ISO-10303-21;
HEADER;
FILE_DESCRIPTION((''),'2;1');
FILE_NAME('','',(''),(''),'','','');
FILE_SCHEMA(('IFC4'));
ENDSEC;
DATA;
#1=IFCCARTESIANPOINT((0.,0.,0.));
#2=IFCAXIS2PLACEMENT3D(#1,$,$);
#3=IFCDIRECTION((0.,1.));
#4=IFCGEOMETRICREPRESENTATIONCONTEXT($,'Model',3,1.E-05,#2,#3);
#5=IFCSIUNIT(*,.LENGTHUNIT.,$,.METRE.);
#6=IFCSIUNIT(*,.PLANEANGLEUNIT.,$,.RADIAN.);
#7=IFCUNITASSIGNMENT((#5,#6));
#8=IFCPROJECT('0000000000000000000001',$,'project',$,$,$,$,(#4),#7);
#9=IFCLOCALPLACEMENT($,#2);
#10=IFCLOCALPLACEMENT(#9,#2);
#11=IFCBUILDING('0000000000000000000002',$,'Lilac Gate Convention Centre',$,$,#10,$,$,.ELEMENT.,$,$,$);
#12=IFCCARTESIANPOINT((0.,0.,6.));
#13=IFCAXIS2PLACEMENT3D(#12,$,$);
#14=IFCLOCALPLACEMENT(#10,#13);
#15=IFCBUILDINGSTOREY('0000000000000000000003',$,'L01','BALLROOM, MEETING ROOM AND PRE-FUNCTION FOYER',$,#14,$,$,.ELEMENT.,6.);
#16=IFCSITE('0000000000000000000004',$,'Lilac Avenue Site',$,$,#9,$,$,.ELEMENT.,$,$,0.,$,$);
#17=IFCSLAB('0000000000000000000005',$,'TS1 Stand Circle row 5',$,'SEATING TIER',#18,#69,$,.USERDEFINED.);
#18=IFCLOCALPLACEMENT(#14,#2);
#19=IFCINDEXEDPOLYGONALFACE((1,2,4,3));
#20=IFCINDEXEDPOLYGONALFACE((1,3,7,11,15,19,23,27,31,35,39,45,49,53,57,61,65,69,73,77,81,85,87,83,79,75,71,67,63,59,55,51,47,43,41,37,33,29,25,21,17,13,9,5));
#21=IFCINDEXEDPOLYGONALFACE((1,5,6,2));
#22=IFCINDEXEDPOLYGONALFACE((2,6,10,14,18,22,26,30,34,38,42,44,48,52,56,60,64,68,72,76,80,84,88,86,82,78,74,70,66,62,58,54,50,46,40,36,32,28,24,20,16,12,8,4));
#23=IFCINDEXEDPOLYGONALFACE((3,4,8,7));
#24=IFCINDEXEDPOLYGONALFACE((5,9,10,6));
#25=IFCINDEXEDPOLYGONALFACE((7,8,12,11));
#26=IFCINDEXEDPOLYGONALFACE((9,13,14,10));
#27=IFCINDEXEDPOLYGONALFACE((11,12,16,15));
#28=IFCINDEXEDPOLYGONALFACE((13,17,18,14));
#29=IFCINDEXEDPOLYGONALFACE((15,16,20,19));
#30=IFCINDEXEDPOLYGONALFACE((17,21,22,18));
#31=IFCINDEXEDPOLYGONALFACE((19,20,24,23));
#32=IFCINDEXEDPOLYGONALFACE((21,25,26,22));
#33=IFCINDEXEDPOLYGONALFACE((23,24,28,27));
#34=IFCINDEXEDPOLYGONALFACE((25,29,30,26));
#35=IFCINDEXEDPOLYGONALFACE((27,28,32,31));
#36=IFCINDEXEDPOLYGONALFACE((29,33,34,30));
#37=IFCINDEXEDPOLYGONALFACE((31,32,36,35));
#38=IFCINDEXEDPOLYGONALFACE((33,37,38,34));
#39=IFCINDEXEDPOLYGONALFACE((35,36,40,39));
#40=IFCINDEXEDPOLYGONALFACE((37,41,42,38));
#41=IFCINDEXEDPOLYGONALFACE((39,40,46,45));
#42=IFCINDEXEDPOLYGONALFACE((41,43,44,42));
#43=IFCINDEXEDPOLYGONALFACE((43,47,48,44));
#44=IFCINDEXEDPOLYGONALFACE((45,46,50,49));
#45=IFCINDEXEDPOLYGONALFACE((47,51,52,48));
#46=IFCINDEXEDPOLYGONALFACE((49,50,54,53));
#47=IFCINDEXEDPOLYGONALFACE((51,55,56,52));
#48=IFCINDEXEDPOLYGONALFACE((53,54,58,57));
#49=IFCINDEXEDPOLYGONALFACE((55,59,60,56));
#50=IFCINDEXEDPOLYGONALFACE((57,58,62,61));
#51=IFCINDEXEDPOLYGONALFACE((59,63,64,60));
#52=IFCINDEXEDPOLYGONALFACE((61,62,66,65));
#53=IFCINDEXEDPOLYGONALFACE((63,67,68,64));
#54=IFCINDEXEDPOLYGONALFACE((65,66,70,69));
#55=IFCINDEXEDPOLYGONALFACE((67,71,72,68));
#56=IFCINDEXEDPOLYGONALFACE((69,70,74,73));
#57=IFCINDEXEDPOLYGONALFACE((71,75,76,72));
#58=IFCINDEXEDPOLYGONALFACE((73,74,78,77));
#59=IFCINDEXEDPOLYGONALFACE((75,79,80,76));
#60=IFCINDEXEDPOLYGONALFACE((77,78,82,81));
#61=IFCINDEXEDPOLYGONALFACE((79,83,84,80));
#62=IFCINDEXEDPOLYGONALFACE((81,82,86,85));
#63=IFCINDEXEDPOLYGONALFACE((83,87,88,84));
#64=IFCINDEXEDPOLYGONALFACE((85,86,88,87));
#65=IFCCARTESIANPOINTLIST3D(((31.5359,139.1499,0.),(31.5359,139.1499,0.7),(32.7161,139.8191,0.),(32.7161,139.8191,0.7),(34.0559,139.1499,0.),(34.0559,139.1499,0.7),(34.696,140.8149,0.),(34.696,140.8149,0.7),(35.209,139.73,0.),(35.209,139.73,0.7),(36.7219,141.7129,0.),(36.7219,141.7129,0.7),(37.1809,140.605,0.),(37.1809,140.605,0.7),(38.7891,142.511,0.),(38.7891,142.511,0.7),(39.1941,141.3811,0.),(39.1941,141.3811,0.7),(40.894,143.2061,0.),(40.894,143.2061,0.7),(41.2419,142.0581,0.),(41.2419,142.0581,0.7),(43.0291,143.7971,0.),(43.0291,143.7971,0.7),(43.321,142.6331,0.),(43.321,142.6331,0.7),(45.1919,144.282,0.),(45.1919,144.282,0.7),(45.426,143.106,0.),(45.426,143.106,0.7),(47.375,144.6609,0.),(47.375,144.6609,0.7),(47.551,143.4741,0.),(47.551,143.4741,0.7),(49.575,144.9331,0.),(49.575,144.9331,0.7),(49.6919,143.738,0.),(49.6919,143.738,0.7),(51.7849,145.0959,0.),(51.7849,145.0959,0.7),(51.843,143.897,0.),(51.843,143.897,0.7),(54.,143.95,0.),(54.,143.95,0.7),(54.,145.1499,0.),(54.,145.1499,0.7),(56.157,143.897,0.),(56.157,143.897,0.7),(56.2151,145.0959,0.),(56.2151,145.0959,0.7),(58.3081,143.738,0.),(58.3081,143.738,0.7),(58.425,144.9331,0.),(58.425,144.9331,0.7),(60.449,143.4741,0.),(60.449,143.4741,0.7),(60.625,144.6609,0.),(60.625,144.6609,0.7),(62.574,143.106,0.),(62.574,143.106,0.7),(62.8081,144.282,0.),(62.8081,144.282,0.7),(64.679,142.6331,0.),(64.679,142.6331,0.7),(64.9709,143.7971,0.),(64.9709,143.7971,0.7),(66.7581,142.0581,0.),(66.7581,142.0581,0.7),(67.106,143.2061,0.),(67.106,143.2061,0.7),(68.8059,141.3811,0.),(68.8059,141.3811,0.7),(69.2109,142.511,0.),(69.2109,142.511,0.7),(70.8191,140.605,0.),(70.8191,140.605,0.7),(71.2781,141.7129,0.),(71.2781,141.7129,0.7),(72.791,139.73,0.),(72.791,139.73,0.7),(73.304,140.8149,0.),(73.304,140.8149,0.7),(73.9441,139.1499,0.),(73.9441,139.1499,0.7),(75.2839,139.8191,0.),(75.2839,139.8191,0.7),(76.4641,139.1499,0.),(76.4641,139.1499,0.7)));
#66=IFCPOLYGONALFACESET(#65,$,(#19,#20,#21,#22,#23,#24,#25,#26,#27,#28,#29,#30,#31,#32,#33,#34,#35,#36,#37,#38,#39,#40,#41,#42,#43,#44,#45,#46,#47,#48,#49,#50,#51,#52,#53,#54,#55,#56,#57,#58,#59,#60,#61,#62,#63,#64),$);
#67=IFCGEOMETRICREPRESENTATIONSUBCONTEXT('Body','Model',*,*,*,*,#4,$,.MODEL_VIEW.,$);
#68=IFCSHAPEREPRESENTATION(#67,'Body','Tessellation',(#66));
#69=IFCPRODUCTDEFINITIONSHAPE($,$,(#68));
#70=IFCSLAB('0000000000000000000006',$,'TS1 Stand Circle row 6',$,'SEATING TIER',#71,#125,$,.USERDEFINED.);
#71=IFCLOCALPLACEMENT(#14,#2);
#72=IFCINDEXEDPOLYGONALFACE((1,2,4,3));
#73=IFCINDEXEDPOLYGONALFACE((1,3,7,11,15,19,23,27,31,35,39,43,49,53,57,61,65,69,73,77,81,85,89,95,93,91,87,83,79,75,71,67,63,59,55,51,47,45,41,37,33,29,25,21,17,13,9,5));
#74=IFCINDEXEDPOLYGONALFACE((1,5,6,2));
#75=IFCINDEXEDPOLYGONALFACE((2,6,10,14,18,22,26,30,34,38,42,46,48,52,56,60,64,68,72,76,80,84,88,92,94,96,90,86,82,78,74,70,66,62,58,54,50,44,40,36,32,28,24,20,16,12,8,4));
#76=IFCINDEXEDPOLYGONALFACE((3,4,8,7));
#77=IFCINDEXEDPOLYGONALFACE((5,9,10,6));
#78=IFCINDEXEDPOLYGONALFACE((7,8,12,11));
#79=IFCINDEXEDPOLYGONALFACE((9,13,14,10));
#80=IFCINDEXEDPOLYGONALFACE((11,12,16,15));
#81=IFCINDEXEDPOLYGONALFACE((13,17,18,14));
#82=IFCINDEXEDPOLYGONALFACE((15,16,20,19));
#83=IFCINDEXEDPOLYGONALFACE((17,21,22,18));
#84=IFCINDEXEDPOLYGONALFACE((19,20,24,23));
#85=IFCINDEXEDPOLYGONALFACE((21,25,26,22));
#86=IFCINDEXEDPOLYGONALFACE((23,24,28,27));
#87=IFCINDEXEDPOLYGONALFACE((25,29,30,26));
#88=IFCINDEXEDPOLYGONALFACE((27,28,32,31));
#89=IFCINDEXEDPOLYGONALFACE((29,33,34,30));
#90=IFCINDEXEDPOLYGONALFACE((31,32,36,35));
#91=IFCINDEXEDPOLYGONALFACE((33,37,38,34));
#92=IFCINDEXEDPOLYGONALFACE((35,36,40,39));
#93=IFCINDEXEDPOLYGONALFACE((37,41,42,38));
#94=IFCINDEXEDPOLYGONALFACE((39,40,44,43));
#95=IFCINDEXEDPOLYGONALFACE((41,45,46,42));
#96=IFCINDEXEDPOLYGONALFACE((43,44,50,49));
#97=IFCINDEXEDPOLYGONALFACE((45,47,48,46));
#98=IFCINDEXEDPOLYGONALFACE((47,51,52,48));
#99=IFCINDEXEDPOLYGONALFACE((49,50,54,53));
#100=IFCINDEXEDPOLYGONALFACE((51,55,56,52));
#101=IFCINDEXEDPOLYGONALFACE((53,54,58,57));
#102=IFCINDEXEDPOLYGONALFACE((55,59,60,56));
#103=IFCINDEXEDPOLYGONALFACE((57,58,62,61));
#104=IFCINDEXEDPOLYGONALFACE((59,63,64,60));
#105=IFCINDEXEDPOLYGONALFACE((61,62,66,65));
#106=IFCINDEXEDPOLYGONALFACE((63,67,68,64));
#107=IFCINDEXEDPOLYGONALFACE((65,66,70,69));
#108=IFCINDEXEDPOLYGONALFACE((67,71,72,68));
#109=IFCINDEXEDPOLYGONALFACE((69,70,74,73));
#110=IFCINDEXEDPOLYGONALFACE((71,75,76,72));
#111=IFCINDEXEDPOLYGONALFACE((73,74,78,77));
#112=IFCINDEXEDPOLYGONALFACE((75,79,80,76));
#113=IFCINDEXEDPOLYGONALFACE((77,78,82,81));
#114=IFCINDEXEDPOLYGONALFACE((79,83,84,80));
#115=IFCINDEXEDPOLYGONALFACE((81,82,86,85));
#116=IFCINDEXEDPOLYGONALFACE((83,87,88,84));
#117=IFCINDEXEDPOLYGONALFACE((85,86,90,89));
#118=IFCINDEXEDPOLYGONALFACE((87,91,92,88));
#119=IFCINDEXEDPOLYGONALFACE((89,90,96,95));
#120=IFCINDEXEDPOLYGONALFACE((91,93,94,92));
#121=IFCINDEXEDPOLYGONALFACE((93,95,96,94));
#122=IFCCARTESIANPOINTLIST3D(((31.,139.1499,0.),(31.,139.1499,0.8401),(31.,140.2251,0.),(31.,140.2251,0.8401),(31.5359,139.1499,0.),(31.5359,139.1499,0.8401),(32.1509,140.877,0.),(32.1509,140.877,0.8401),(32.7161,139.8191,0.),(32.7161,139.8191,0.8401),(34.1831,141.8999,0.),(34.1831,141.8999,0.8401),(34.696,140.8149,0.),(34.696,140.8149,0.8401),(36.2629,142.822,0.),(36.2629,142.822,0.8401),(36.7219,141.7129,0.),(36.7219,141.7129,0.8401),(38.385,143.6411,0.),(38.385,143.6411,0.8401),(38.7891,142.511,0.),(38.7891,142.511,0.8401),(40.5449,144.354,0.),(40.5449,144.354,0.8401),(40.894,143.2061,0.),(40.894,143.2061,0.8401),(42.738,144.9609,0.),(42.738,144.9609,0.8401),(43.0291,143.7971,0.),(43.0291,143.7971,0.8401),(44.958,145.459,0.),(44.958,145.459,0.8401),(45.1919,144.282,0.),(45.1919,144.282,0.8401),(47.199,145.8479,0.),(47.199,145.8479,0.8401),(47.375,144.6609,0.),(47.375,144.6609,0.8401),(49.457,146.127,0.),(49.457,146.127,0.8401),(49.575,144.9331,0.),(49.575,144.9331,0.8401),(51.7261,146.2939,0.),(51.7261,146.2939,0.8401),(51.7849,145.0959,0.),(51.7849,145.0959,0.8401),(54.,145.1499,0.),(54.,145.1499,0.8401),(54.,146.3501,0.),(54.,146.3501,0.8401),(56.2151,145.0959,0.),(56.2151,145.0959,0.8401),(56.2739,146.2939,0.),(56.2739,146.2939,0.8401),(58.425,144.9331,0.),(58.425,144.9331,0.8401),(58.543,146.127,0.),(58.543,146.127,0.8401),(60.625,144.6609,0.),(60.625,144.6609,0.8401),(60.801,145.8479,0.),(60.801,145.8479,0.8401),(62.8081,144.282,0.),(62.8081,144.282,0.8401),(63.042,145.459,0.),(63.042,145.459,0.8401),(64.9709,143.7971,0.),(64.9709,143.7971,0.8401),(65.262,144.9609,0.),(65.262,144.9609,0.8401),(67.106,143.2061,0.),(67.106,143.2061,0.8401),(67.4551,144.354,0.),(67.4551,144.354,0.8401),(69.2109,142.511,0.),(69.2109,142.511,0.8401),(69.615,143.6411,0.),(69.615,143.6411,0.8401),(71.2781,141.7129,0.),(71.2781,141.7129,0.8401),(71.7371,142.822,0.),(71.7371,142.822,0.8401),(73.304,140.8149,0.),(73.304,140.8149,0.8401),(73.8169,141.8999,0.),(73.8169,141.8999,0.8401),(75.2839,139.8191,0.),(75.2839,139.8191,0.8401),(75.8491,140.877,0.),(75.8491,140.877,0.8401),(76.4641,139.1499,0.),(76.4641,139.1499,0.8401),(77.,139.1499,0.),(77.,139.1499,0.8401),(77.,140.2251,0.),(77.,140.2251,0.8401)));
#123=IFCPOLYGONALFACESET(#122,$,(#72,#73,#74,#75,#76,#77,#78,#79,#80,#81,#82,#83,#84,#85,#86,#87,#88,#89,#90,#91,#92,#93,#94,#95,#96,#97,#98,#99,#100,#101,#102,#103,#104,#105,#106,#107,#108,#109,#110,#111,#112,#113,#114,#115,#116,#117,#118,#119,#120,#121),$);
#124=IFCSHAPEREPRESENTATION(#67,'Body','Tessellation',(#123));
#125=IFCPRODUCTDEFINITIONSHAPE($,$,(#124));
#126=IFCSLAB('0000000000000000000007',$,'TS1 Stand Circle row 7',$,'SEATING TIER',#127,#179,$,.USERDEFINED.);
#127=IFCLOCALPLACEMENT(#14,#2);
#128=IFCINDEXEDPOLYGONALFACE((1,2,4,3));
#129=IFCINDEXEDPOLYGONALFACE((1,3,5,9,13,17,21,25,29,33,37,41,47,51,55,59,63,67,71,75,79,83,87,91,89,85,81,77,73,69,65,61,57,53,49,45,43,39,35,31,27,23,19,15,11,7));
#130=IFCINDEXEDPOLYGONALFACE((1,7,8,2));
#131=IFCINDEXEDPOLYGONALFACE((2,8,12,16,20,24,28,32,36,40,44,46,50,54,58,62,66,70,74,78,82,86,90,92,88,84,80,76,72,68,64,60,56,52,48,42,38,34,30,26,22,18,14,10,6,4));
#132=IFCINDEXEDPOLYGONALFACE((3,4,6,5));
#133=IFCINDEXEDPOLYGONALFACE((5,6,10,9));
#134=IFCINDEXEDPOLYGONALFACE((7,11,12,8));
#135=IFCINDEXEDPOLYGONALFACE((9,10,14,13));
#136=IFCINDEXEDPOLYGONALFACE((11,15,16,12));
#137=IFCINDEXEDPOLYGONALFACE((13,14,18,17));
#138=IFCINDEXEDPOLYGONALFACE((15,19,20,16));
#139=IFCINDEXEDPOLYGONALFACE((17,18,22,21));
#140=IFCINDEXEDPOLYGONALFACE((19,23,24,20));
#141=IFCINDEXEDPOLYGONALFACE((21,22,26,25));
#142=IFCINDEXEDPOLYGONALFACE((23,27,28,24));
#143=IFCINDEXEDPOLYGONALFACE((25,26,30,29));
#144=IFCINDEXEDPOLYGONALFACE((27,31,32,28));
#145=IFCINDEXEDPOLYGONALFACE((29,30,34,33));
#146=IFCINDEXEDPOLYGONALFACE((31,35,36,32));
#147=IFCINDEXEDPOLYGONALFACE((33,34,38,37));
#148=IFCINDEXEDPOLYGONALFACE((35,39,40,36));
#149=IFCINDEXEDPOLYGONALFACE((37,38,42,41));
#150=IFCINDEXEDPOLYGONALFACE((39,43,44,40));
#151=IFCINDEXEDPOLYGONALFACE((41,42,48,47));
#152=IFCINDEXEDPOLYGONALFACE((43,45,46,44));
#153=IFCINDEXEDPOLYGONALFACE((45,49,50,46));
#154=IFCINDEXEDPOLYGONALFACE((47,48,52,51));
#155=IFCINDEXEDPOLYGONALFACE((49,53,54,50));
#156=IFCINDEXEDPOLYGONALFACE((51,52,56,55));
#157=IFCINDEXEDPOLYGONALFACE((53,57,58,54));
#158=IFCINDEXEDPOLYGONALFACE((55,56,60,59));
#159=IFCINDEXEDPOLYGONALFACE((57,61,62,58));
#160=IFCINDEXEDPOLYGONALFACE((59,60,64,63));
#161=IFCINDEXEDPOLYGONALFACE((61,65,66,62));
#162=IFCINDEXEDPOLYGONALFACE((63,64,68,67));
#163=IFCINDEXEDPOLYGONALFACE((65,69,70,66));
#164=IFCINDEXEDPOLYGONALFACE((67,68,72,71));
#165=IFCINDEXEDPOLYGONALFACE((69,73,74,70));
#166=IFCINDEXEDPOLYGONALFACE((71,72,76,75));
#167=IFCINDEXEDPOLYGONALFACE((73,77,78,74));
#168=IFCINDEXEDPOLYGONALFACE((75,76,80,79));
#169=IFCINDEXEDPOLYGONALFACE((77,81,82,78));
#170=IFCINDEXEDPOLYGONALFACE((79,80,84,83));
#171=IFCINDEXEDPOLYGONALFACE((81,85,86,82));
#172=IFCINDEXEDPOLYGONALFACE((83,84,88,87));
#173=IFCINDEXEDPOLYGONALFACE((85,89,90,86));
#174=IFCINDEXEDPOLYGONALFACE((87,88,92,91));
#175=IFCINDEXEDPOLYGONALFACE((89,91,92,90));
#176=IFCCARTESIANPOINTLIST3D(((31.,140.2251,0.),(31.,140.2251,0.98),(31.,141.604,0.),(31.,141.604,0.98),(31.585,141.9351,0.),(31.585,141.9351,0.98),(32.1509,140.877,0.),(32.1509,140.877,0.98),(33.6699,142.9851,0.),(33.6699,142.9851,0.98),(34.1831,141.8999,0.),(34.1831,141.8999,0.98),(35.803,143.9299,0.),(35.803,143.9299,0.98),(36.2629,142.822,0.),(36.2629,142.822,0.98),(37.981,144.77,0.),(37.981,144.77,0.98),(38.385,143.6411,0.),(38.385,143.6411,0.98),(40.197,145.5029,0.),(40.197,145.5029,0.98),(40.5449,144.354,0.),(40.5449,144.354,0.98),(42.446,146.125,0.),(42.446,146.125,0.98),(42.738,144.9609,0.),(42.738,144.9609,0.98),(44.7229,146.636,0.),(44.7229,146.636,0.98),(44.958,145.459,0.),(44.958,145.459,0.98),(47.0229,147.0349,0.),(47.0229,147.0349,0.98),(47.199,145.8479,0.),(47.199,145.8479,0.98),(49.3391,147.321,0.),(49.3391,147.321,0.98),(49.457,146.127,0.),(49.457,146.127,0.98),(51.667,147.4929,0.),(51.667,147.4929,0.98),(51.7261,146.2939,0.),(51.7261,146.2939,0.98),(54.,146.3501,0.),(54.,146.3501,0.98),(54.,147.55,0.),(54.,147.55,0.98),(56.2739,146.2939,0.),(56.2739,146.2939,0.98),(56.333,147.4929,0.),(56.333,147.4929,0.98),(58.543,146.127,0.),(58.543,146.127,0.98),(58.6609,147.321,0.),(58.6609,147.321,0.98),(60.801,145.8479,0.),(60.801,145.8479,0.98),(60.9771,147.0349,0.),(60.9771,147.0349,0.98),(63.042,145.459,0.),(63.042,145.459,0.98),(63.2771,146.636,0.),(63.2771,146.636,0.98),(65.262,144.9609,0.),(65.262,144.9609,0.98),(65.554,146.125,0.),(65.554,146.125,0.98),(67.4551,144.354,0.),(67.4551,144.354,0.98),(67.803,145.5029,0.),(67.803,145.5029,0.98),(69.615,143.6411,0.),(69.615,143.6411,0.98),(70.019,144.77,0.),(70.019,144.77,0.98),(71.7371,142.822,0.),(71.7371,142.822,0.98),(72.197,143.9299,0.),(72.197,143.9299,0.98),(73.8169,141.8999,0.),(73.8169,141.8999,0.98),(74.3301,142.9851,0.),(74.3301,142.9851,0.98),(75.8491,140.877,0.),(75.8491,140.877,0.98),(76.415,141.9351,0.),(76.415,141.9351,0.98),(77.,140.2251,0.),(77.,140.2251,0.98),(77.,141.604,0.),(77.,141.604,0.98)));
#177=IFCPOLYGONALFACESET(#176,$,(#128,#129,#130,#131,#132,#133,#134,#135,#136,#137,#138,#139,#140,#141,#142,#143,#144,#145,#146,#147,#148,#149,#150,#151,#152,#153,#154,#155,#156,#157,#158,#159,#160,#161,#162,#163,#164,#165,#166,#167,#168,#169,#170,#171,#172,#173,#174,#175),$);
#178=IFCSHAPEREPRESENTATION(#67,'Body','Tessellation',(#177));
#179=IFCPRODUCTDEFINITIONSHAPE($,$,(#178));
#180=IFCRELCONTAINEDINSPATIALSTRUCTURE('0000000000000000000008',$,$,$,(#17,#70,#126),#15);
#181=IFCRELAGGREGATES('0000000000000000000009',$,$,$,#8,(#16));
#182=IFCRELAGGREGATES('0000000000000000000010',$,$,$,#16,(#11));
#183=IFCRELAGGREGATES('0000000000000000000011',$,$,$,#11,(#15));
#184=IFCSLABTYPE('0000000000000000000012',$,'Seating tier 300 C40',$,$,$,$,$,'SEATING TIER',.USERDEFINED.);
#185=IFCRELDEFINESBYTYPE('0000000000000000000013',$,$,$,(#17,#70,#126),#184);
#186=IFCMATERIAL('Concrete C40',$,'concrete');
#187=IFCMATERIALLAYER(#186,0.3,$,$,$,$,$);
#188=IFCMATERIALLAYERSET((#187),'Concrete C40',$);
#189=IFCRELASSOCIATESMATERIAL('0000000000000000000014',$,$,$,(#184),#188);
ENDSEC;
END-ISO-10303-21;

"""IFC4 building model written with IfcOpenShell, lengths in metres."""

from ifc_helpers import new_model, si_unit, direction, frame, origin, place, context, subcontext, project, spatial, polyline, outline, extrude, material, layer, layer_set, type_object, element, save


model = new_model("IFC4")

# Units and contexts
model_context = context("Model", 3, precision=1e-05, world=origin(), true_north=direction((0.0, 1.0)))
body_context = subcontext(model_context, "Body", "Model", "MODEL_VIEW")
ifc_project = project(units=[si_unit("LENGTHUNIT", "METRE"), si_unit("PLANEANGLEUNIT", "RADIAN")], contexts=[model_context])

# Site, building, storey
site_placement = place(None, origin())
site = spatial("IfcSite", under=ifc_project, at=site_placement, Name="Lilac Avenue Site", CompositionType="ELEMENT", RefElevation=0.0)
building_placement = place(site_placement, origin())
building = spatial("IfcBuilding", under=site, at=building_placement, Name="Lilac Gate Convention Centre", CompositionType="ELEMENT")
storey_placement = place(building_placement, frame((0.0, 0.0, 6.0)))
storey = spatial("IfcBuildingStorey", under=building, at=storey_placement, Name="L01", Description="BALLROOM, MEETING ROOM AND PRE-FUNCTION FOYER", CompositionType="ELEMENT", Elevation=6.0)

# Shared definitions
ifc_material = material(Name="Concrete C40", Category="concrete")

# Slabs
ifc_layer_1 = layer(ifc_material, 0.3)
ifc_layer_set_1 = layer_set([ifc_layer_1], Name="Concrete C40")
slab_type_1 = type_object("IfcSlabType", Name="Seating tier 300 C40", ElementType="SEATING TIER", PredefinedType="USERDEFINED", material=ifc_layer_set_1)
slab_1_placement = place(storey_placement, origin())
element("IfcSlab", 1, at=slab_1_placement, inside=storey, type_object=slab_type_1, Name="TS1 Stand Circle row 5", ObjectType="SEATING TIER", PredefinedType="USERDEFINED", context=body_context, shape_type="SweptSolid", body=[
    extrude(outline(polyline([(32.7161, 139.8191), (34.696, 140.8149), (36.7219, 141.7129), (38.7891, 142.511), (40.894, 143.2061), (43.0291, 143.7971), (45.1919, 144.282), (47.375, 144.6609), (49.575, 144.9331), (51.7849, 145.0959), (54.0, 145.1499), (56.2151, 145.0959), (58.425, 144.9331), (60.625, 144.6609), (62.8081, 144.282), (64.9709, 143.7971), (67.106, 143.2061), (69.2109, 142.511), (71.2781, 141.7129), (73.304, 140.8149), (75.2839, 139.8191), (76.4641, 139.1499), (73.9441, 139.1499), (72.791, 139.73), (70.8191, 140.605), (68.8059, 141.3811), (66.7581, 142.0581), (64.679, 142.6331), (62.574, 143.106), (60.449, 143.4741), (58.3081, 143.738), (56.157, 143.897), (54.0, 143.95), (51.843, 143.897), (49.6919, 143.738), (47.551, 143.4741), (45.426, 143.106), (43.321, 142.6331), (41.2419, 142.0581), (39.1941, 141.3811), (37.1809, 140.605), (35.209, 139.73), (34.0559, 139.1499), (31.5359, 139.1499), (32.7161, 139.8191)])), origin(), (0.0, 0.0, 1.0), 0.7),
])
slab_2_placement = place(storey_placement, origin())
element("IfcSlab", 2, at=slab_2_placement, inside=storey, type_object=slab_type_1, Name="TS1 Stand Circle row 6", ObjectType="SEATING TIER", PredefinedType="USERDEFINED", context=body_context, shape_type="SweptSolid", body=[
    extrude(outline(polyline([(32.1509, 140.877), (34.1831, 141.8999), (36.2629, 142.822), (38.385, 143.6411), (40.5449, 144.354), (42.738, 144.9609), (44.958, 145.459), (47.199, 145.8479), (49.457, 146.127), (51.7261, 146.2939), (54.0, 146.3501), (56.2739, 146.2939), (58.543, 146.127), (60.801, 145.8479), (63.042, 145.459), (65.262, 144.9609), (67.4551, 144.354), (69.615, 143.6411), (71.7371, 142.822), (73.8169, 141.8999), (75.8491, 140.877), (77.0, 140.2251), (77.0, 139.1499), (76.4641, 139.1499), (75.2839, 139.8191), (73.304, 140.8149), (71.2781, 141.7129), (69.2109, 142.511), (67.106, 143.2061), (64.9709, 143.7971), (62.8081, 144.282), (60.625, 144.6609), (58.425, 144.9331), (56.2151, 145.0959), (54.0, 145.1499), (51.7849, 145.0959), (49.575, 144.9331), (47.375, 144.6609), (45.1919, 144.282), (43.0291, 143.7971), (40.894, 143.2061), (38.7891, 142.511), (36.7219, 141.7129), (34.696, 140.8149), (32.7161, 139.8191), (31.5359, 139.1499), (31.0, 139.1499), (31.0, 140.2251), (32.1509, 140.877)])), origin(), (0.0, 0.0, 1.0), 0.8401),
])
slab_3_placement = place(storey_placement, origin())
element("IfcSlab", 3, at=slab_3_placement, inside=storey, type_object=slab_type_1, Name="TS1 Stand Circle row 7", ObjectType="SEATING TIER", PredefinedType="USERDEFINED", context=body_context, shape_type="SweptSolid", body=[
    extrude(outline(polyline([(31.585, 141.9351), (33.6699, 142.9851), (35.803, 143.9299), (37.981, 144.77), (40.197, 145.5029), (42.446, 146.125), (44.7229, 146.636), (47.0229, 147.0349), (49.3391, 147.321), (51.667, 147.4929), (54.0, 147.55), (56.333, 147.4929), (58.6609, 147.321), (60.9771, 147.0349), (63.2771, 146.636), (65.554, 146.125), (67.803, 145.5029), (70.019, 144.77), (72.197, 143.9299), (74.3301, 142.9851), (76.415, 141.9351), (77.0, 141.604), (77.0, 140.2251), (75.8491, 140.877), (73.8169, 141.8999), (71.7371, 142.822), (69.615, 143.6411), (67.4551, 144.354), (65.262, 144.9609), (63.042, 145.459), (60.801, 145.8479), (58.543, 146.127), (56.2739, 146.2939), (54.0, 146.3501), (51.7261, 146.2939), (49.457, 146.127), (47.199, 145.8479), (44.958, 145.459), (42.738, 144.9609), (40.5449, 144.354), (38.385, 143.6411), (36.2629, 142.822), (34.1831, 141.8999), (32.1509, 140.877), (31.0, 140.2251), (31.0, 141.604), (31.585, 141.9351)])), origin(), (0.0, 0.0, 1.0), 0.98),
])

save(model, "model.ifc")
